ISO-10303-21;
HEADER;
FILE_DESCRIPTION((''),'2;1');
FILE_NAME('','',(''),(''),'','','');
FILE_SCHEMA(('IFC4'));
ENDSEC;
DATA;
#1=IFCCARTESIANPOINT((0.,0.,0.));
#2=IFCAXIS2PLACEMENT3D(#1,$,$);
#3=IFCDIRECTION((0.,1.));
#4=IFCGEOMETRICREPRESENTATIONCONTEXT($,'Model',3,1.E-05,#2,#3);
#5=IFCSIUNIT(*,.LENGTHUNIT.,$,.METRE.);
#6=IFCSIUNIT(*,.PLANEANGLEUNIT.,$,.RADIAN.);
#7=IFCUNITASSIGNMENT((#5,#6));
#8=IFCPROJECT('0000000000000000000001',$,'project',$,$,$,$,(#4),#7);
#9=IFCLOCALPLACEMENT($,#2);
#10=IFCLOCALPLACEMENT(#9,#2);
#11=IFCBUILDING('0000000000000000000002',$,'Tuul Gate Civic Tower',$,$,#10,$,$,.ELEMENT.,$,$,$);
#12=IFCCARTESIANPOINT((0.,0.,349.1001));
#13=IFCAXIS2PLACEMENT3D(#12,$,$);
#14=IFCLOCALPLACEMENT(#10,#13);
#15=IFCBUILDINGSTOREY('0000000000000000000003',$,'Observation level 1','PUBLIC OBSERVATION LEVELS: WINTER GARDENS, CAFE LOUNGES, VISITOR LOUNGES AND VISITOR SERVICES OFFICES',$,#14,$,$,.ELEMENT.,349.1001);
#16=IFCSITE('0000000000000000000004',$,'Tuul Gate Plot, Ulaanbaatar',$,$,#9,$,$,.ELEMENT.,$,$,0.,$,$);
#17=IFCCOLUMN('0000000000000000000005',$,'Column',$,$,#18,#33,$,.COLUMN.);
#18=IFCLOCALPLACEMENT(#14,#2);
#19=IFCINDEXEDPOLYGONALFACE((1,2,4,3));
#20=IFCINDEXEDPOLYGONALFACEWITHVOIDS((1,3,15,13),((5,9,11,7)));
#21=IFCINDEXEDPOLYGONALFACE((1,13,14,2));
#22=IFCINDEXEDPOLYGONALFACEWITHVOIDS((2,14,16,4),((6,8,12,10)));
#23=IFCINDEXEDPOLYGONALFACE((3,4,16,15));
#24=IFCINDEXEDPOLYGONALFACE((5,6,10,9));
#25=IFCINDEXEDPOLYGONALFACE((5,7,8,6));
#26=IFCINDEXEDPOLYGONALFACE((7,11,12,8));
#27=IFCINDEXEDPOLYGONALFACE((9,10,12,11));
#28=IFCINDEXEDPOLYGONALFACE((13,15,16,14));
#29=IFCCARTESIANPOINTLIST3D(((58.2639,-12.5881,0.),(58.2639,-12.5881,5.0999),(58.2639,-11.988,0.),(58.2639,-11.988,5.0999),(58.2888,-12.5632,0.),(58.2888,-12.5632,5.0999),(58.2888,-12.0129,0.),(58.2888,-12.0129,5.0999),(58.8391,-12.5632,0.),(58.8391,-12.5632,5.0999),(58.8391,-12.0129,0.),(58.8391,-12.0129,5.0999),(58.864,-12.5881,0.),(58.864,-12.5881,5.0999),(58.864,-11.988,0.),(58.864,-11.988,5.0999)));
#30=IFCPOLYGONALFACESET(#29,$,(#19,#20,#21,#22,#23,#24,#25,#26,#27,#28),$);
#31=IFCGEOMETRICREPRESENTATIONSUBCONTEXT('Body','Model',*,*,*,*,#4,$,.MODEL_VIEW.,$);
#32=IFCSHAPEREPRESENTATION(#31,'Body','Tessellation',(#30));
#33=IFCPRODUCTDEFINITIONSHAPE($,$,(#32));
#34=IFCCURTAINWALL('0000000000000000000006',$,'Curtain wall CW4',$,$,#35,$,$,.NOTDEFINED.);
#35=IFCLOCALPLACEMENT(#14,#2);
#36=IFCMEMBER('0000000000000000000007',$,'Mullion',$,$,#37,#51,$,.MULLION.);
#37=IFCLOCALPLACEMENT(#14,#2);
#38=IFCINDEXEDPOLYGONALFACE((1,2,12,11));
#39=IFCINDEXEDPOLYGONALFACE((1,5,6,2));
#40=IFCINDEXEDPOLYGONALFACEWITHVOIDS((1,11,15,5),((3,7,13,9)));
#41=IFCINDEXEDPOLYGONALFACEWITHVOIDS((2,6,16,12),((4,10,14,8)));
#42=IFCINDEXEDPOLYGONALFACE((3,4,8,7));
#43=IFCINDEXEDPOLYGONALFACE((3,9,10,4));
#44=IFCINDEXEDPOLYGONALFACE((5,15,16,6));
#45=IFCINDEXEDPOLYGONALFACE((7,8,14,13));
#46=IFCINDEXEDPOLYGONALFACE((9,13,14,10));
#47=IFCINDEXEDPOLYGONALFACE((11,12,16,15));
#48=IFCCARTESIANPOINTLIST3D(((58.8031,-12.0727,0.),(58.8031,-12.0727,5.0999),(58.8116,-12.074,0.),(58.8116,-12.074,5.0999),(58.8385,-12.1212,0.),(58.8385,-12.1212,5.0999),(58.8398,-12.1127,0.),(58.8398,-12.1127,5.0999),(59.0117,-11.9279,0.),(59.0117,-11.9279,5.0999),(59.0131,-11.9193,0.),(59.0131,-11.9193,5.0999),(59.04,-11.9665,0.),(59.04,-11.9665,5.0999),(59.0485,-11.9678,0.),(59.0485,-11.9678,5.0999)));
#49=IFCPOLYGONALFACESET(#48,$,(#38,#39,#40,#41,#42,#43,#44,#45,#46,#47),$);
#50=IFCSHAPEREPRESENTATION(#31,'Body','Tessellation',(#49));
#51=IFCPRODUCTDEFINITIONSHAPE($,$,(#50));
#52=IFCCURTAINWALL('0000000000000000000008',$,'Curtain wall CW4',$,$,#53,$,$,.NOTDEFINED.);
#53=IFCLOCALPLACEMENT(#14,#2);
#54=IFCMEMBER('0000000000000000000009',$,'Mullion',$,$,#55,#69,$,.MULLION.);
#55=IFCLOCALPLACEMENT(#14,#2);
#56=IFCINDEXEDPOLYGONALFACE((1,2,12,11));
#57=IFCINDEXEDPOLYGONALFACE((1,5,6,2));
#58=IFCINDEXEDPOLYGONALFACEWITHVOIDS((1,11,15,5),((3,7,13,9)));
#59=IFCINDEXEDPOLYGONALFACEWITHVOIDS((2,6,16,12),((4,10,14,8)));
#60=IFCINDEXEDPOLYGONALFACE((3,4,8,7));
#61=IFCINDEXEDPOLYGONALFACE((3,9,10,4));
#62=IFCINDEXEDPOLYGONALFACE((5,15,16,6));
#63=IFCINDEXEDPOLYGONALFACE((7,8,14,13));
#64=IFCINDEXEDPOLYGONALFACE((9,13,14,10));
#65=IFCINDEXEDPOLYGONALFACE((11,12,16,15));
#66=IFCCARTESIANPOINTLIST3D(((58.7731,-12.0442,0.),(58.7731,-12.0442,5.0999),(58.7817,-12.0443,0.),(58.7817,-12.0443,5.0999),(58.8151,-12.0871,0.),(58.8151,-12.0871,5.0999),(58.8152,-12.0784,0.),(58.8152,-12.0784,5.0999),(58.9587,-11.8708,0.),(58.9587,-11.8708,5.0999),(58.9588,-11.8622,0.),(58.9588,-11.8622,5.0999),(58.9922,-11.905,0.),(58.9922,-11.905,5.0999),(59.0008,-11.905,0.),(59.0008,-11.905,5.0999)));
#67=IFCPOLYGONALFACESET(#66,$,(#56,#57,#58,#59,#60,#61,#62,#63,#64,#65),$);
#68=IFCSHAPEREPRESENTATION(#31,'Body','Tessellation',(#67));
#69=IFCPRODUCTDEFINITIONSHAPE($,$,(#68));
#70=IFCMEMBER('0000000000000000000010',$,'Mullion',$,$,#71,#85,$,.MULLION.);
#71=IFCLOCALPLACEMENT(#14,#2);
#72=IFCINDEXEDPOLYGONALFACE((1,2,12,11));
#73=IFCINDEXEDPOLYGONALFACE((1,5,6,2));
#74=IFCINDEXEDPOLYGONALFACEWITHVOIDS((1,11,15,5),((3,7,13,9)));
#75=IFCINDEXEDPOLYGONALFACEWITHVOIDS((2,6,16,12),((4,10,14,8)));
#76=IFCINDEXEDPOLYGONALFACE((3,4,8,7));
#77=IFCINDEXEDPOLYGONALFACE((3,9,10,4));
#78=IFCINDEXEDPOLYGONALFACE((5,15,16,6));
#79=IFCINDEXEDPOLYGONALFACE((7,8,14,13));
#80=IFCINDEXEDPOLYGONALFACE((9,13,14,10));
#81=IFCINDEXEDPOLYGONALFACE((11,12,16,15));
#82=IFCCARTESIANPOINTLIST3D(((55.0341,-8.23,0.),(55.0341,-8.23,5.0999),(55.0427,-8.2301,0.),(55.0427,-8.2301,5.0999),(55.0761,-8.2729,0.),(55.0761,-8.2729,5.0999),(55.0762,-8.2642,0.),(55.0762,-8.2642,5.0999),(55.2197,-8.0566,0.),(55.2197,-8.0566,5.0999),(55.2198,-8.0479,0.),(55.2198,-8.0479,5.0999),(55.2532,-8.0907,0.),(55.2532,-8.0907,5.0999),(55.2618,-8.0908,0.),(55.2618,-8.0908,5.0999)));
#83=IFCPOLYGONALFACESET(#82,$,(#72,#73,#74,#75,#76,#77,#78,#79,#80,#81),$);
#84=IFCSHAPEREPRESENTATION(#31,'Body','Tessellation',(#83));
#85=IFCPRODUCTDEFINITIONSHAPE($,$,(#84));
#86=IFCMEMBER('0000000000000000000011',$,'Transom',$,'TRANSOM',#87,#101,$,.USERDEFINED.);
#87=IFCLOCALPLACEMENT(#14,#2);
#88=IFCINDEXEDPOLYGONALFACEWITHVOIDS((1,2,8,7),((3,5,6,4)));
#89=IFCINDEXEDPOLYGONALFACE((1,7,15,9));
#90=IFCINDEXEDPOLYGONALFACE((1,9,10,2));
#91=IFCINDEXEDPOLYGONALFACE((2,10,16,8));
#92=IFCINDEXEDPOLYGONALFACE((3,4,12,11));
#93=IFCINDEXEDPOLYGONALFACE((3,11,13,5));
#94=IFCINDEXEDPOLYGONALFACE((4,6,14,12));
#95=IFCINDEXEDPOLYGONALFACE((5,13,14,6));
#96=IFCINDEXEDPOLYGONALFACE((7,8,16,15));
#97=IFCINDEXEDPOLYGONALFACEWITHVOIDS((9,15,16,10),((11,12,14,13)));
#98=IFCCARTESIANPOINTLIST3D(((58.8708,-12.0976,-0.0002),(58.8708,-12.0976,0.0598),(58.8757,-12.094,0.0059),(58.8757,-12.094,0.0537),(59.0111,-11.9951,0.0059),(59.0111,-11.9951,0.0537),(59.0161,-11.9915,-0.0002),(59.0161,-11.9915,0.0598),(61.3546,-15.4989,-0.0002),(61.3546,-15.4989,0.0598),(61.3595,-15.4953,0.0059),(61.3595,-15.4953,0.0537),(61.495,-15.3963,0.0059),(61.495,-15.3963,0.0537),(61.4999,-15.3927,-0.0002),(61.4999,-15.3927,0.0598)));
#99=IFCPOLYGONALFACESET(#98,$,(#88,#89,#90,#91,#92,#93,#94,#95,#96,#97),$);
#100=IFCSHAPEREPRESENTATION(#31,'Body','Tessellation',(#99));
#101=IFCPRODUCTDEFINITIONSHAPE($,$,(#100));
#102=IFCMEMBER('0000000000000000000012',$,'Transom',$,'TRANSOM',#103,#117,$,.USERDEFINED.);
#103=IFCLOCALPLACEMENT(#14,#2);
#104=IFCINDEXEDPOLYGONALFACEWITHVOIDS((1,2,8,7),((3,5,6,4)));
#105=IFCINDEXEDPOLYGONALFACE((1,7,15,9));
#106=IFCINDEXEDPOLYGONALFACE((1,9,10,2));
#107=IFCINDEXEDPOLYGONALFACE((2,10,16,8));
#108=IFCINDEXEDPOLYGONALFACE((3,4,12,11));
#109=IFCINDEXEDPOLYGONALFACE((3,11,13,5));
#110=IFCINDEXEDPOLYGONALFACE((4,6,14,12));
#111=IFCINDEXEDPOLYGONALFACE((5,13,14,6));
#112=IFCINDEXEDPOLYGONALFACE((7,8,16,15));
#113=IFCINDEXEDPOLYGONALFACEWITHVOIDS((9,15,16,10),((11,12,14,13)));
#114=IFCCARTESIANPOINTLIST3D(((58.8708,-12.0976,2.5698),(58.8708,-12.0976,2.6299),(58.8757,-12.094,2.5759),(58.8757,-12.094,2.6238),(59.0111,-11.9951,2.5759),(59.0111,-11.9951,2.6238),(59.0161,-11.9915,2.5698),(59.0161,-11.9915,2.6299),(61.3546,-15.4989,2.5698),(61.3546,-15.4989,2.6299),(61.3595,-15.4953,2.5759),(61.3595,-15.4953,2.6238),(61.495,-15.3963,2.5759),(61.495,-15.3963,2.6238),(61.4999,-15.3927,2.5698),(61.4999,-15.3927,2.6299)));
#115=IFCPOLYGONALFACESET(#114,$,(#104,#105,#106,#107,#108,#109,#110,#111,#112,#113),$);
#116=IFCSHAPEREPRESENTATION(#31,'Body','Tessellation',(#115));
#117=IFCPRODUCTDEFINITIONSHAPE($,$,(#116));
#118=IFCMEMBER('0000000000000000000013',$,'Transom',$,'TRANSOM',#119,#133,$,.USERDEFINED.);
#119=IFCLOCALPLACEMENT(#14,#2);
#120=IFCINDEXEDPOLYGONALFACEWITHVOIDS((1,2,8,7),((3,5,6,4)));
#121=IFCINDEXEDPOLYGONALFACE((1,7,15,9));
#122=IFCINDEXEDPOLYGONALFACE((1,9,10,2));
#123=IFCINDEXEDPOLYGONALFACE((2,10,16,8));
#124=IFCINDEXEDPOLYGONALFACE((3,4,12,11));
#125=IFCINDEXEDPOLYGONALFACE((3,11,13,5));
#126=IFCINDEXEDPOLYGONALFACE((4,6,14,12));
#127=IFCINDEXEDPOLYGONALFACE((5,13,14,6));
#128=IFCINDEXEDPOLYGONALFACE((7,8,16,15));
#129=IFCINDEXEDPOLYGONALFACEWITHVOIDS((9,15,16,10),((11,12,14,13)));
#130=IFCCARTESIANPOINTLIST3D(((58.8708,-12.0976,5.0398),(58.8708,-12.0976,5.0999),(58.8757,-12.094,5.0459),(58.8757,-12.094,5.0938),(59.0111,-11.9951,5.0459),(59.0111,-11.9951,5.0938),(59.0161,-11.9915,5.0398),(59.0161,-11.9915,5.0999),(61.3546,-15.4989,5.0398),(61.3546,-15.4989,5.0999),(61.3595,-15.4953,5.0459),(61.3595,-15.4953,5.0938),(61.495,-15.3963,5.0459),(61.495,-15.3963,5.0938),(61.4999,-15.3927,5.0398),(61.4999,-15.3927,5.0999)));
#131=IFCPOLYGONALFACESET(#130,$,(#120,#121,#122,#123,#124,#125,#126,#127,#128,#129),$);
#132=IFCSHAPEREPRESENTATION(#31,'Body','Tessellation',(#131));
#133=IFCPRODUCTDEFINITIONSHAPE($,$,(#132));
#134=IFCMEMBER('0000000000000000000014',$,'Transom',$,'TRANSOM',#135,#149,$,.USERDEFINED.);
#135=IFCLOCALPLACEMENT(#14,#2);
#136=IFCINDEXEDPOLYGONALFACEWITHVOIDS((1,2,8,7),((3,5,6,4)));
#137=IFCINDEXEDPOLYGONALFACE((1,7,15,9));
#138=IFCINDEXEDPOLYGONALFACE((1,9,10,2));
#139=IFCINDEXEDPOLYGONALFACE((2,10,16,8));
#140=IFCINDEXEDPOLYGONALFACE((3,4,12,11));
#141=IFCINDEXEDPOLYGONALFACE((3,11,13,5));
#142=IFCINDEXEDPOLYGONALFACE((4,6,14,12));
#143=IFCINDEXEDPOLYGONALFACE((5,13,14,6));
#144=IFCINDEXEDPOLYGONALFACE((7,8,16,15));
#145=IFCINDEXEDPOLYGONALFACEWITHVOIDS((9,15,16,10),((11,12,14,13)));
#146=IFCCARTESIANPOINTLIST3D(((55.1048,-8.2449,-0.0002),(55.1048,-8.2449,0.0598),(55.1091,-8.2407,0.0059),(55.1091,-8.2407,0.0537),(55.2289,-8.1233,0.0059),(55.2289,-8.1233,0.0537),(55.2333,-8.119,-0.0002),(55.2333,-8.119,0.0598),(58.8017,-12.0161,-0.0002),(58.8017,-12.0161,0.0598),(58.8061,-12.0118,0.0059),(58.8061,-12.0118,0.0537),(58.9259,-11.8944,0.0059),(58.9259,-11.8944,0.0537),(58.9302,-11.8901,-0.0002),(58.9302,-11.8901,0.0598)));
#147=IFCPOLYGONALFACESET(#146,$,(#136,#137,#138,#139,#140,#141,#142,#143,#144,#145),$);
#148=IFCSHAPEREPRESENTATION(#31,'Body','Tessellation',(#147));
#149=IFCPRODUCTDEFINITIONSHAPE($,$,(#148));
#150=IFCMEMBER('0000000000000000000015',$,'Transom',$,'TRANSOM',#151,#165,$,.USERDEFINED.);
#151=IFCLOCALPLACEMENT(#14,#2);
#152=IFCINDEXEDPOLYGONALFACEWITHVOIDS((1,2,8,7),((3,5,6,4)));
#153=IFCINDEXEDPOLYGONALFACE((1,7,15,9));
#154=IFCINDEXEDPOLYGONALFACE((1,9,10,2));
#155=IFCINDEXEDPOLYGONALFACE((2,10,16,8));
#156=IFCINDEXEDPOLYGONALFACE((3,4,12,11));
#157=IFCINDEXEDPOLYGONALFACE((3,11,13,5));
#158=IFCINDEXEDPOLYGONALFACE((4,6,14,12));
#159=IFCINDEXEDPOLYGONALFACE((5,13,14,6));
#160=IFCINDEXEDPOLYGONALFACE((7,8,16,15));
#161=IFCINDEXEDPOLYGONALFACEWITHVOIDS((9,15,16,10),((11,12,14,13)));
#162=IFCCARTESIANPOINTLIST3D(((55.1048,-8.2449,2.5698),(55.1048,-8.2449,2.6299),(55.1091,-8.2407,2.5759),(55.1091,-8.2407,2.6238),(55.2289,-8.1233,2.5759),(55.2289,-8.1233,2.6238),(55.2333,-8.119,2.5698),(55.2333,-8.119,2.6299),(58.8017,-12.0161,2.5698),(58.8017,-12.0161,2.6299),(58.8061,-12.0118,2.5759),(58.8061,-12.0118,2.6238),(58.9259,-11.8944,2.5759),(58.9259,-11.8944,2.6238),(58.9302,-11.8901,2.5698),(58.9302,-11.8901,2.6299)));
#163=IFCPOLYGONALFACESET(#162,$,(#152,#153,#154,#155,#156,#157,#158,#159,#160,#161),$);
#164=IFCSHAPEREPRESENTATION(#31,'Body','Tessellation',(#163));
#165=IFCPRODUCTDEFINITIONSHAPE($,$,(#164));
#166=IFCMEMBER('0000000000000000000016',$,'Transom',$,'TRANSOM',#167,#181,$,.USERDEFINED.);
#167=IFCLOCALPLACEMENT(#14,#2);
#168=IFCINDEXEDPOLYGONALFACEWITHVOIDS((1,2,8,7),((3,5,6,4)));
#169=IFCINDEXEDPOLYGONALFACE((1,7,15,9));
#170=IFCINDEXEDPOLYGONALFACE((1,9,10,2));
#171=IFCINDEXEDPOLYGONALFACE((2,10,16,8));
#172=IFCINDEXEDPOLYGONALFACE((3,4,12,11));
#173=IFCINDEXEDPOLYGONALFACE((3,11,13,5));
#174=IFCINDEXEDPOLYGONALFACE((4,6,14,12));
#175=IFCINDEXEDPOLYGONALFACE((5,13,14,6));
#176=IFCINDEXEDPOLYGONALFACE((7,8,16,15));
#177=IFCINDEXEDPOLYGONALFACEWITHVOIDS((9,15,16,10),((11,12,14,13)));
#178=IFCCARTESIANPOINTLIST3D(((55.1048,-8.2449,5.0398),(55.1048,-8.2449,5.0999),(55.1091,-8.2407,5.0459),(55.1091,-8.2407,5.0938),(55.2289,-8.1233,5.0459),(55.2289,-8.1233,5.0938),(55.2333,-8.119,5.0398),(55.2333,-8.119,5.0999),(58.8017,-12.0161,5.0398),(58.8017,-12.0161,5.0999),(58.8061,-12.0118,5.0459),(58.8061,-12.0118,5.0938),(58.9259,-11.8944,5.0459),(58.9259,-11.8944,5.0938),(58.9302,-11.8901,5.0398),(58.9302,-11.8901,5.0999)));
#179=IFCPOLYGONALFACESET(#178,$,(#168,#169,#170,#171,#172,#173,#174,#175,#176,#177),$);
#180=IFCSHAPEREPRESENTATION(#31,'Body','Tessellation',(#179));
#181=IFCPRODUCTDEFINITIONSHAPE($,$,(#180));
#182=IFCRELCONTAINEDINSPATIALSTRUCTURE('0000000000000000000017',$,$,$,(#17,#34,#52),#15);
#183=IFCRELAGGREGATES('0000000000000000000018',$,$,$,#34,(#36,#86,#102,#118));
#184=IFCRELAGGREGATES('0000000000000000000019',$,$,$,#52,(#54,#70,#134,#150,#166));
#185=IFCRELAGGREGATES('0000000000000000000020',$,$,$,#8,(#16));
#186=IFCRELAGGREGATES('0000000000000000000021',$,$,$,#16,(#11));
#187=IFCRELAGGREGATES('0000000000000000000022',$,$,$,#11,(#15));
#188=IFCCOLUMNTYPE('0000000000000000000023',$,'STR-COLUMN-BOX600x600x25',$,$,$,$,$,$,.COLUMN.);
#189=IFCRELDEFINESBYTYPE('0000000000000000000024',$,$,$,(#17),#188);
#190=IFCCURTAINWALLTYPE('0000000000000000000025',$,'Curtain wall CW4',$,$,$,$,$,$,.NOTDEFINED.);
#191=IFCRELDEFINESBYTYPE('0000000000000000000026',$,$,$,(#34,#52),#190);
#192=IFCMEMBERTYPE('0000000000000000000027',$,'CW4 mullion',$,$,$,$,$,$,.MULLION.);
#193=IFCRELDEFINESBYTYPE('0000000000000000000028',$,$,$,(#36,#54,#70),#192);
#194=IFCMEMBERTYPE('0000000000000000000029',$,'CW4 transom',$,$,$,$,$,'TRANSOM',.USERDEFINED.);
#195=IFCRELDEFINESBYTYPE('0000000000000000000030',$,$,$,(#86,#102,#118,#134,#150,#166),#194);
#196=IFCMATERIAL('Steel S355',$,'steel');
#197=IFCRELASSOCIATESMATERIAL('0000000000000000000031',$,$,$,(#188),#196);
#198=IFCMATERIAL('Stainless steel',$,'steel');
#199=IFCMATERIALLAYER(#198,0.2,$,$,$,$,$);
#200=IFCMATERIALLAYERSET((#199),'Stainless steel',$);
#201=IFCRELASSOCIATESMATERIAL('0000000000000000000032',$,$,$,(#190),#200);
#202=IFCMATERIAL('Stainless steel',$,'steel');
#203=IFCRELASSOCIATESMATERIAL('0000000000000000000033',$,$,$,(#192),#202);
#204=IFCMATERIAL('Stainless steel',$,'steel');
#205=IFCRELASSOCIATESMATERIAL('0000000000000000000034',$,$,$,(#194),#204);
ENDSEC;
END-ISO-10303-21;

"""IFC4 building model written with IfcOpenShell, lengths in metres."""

from ifc_helpers import new_model, si_unit, direction, frame, origin, origin_2d, place, context, subcontext, project, spatial, hollow_rectangle, extrude, material, layer, layer_set, material_profile, profile_set, type_object, element, aggregate, save


model = new_model("IFC4")

# Units and contexts
model_context = context("Model", 3, precision=1e-05, world=origin(), true_north=direction((0.0, 1.0)))
body_context = subcontext(model_context, "Body", "Model", "MODEL_VIEW")
ifc_project = project(units=[si_unit("LENGTHUNIT", "METRE"), si_unit("PLANEANGLEUNIT", "RADIAN")], contexts=[model_context])

# Site, building, storey
site_placement = place(None, origin())
site = spatial("IfcSite", under=ifc_project, at=site_placement, Name="Tuul Gate Plot, Ulaanbaatar", CompositionType="ELEMENT", RefElevation=0.0)
building_placement = place(site_placement, origin())
building = spatial("IfcBuilding", under=site, at=building_placement, Name="Tuul Gate Civic Tower", CompositionType="ELEMENT")
storey_placement = place(building_placement, frame((0.0, 0.0, 349.1001)))
storey = spatial("IfcBuildingStorey", under=building, at=storey_placement, Name="Observation level 1", Description="PUBLIC OBSERVATION LEVELS: WINTER GARDENS, CAFE LOUNGES, VISITOR LOUNGES AND VISITOR SERVICES OFFICES", CompositionType="ELEMENT", Elevation=349.1001)

# Column
ifc_material_1 = material(Name="Steel S355", Category="steel")
ifc_material_profile_1 = material_profile(ifc_material_1, hollow_rectangle(XDim=0.6001, YDim=0.6001, WallThickness=0.0249, at=origin_2d()), Name="BOX600x600x25")
ifc_profile_set_1 = profile_set([ifc_material_profile_1], Name="Steel S355")
column_type = type_object("IfcColumnType", Name="STR-COLUMN-BOX600x600x25", PredefinedType="COLUMN", material=ifc_profile_set_1)
column_placement = place(storey_placement, frame((58.564, -12.2881, 0.0), z_axis=(0.0, 0.0, 1.0), x_axis=(1.0, 0.0, 0.0)))
element("IfcColumn", 1, at=column_placement, inside=storey, type_object=column_type, Name="Column", PredefinedType="COLUMN", context=body_context, shape_type="SweptSolid", body=[
    extrude(hollow_rectangle(XDim=0.6001, YDim=0.6001, WallThickness=0.0249, at=origin_2d()), origin(), (0.0, 0.0, 1.0), 5.0999),
])

# Curtain wall, member
ifc_material_2 = material(Name="Stainless steel", Category="steel")
ifc_layer_1 = layer(ifc_material_2, 0.2)
ifc_layer_set_1 = layer_set([ifc_layer_1], Name="Stainless steel")
curtain_wall_type = type_object("IfcCurtainWallType", Name="Curtain wall CW4", PredefinedType="NOTDEFINED", material=ifc_layer_set_1)
curtain_wall_1_placement = place(storey_placement, origin())
curtain_wall_1 = element("IfcCurtainWall", 2, at=curtain_wall_1_placement, inside=storey, type_object=curtain_wall_type, Name="Curtain wall CW4", PredefinedType="NOTDEFINED")
ifc_material_3 = material(Name="Stainless steel", Category="steel")
ifc_material_profile_2 = material_profile(ifc_material_3, hollow_rectangle(XDim=0.26, YDim=0.0601, WallThickness=0.0061, at=origin_2d()), Name="CW4 mullion")
ifc_profile_set_2 = profile_set([ifc_material_profile_2], Name="Stainless steel")
member_type_1 = type_object("IfcMemberType", Name="CW4 mullion", PredefinedType="MULLION", material=ifc_profile_set_2)
member_1_placement = place(storey_placement, frame((58.9258, -12.0203, 0.0), z_axis=(0.0, 0.0, 1.0), x_axis=(-0.807578, -0.58976, 0.0)))
member_1 = element("IfcMember", 3, at=member_1_placement, type_object=member_type_1, Name="Mullion", PredefinedType="MULLION", context=body_context, shape_type="SweptSolid", body=[
    extrude(hollow_rectangle(XDim=0.26, YDim=0.0601, WallThickness=0.0061, at=origin_2d()), origin(), (0.0, 0.0, 1.0), 5.0999),
])

# Curtain wall, members
curtain_wall_2_placement = place(storey_placement, origin())
curtain_wall_2 = element("IfcCurtainWall", 4, at=curtain_wall_2_placement, inside=storey, type_object=curtain_wall_type, Name="Curtain wall CW4", PredefinedType="NOTDEFINED")
member_2_placement = place(storey_placement, frame((58.887, -11.9746, 0.0), z_axis=(0.0, 0.0, 1.0), x_axis=(-0.7141, -0.700043, 0.0)))
member_2 = element("IfcMember", 5, at=member_2_placement, type_object=member_type_1, Name="Mullion", PredefinedType="MULLION", context=body_context, shape_type="SweptSolid", body=[
    extrude(hollow_rectangle(XDim=0.26, YDim=0.0601, WallThickness=0.0061, at=origin_2d()), origin(), (0.0, 0.0, 1.0), 5.0999),
])
member_3_placement = place(storey_placement, frame((55.1479, -8.1604, 0.0), z_axis=(0.0, 0.0, 1.0), x_axis=(-0.7141, -0.700043, 0.0)))
member_3 = element("IfcMember", 6, at=member_3_placement, type_object=member_type_1, Name="Mullion", PredefinedType="MULLION", context=body_context, shape_type="SweptSolid", body=[
    extrude(hollow_rectangle(XDim=0.26, YDim=0.0601, WallThickness=0.0061, at=origin_2d()), origin(), (0.0, 0.0, 1.0), 5.0999),
])

# Members
ifc_material_4 = material(Name="Stainless steel", Category="steel")
ifc_material_profile_3 = material_profile(ifc_material_4, hollow_rectangle(XDim=0.1799, YDim=0.0601, WallThickness=0.0061, at=origin_2d()), Name="CW4 transom")
ifc_profile_set_3 = profile_set([ifc_material_profile_3], Name="Stainless steel")
member_type_2 = type_object("IfcMemberType", Name="CW4 transom", ElementType="TRANSOM", PredefinedType="USERDEFINED", material=ifc_profile_set_3)
member_4_placement = place(storey_placement, frame((61.4272, -15.4458, 0.0298), z_axis=(-0.589749, 0.807586, 0.0), x_axis=(-0.807586, -0.589749, 0.0)))
member_4 = element("IfcMember", 7, at=member_4_placement, type_object=member_type_2, Name="Transom", ObjectType="TRANSOM", PredefinedType="USERDEFINED", context=body_context, shape_type="SweptSolid", body=[
    extrude(hollow_rectangle(XDim=0.1799, YDim=0.0601, WallThickness=0.0061, at=origin_2d()), origin(), (0.0, 0.0, 1.0), 4.2117),
])
member_5_placement = place(storey_placement, frame((61.4272, -15.4458, 2.5999), z_axis=(-0.589749, 0.807586, 0.0), x_axis=(-0.807586, -0.589749, 0.0)))
member_5 = element("IfcMember", 8, at=member_5_placement, type_object=member_type_2, Name="Transom", ObjectType="TRANSOM", PredefinedType="USERDEFINED", context=body_context, shape_type="SweptSolid", body=[
    extrude(hollow_rectangle(XDim=0.1799, YDim=0.0601, WallThickness=0.0061, at=origin_2d()), origin(), (0.0, 0.0, 1.0), 4.2117),
])
member_6_placement = place(storey_placement, frame((61.4272, -15.4458, 5.0698), z_axis=(-0.589749, 0.807586, 0.0), x_axis=(-0.807586, -0.589749, 0.0)))
member_6 = element("IfcMember", 9, at=member_6_placement, type_object=member_type_2, Name="Transom", ObjectType="TRANSOM", PredefinedType="USERDEFINED", context=body_context, shape_type="SweptSolid", body=[
    extrude(hollow_rectangle(XDim=0.1799, YDim=0.0601, WallThickness=0.0061, at=origin_2d()), origin(), (0.0, 0.0, 1.0), 4.2117),
])
member_7_placement = place(storey_placement, frame((58.866, -11.9531, 0.0298), z_axis=(-0.700045, 0.714099, 0.0), x_axis=(-0.714099, -0.700045, 0.0)))
member_7 = element("IfcMember", 10, at=member_7_placement, type_object=member_type_2, Name="Transom", ObjectType="TRANSOM", PredefinedType="USERDEFINED", context=body_context, shape_type="SweptSolid", body=[
    extrude(hollow_rectangle(XDim=0.1799, YDim=0.0601, WallThickness=0.0061, at=origin_2d()), origin(), (0.0, 0.0, 1.0), 5.281),
])
member_8_placement = place(storey_placement, frame((58.866, -11.9531, 2.5999), z_axis=(-0.700045, 0.714099, 0.0), x_axis=(-0.714099, -0.700045, 0.0)))
member_8 = element("IfcMember", 11, at=member_8_placement, type_object=member_type_2, Name="Transom", ObjectType="TRANSOM", PredefinedType="USERDEFINED", context=body_context, shape_type="SweptSolid", body=[
    extrude(hollow_rectangle(XDim=0.1799, YDim=0.0601, WallThickness=0.0061, at=origin_2d()), origin(), (0.0, 0.0, 1.0), 5.281),
])
member_9_placement = place(storey_placement, frame((58.866, -11.9531, 5.0698), z_axis=(-0.700045, 0.714099, 0.0), x_axis=(-0.714099, -0.700045, 0.0)))
member_9 = element("IfcMember", 12, at=member_9_placement, type_object=member_type_2, Name="Transom", ObjectType="TRANSOM", PredefinedType="USERDEFINED", context=body_context, shape_type="SweptSolid", body=[
    extrude(hollow_rectangle(XDim=0.1799, YDim=0.0601, WallThickness=0.0061, at=origin_2d()), origin(), (0.0, 0.0, 1.0), 5.281),
])

aggregate(curtain_wall_1, [member_1, member_4, member_5, member_6])
aggregate(curtain_wall_2, [member_2, member_3, member_7, member_8, member_9])

save(model, "model.ifc")
